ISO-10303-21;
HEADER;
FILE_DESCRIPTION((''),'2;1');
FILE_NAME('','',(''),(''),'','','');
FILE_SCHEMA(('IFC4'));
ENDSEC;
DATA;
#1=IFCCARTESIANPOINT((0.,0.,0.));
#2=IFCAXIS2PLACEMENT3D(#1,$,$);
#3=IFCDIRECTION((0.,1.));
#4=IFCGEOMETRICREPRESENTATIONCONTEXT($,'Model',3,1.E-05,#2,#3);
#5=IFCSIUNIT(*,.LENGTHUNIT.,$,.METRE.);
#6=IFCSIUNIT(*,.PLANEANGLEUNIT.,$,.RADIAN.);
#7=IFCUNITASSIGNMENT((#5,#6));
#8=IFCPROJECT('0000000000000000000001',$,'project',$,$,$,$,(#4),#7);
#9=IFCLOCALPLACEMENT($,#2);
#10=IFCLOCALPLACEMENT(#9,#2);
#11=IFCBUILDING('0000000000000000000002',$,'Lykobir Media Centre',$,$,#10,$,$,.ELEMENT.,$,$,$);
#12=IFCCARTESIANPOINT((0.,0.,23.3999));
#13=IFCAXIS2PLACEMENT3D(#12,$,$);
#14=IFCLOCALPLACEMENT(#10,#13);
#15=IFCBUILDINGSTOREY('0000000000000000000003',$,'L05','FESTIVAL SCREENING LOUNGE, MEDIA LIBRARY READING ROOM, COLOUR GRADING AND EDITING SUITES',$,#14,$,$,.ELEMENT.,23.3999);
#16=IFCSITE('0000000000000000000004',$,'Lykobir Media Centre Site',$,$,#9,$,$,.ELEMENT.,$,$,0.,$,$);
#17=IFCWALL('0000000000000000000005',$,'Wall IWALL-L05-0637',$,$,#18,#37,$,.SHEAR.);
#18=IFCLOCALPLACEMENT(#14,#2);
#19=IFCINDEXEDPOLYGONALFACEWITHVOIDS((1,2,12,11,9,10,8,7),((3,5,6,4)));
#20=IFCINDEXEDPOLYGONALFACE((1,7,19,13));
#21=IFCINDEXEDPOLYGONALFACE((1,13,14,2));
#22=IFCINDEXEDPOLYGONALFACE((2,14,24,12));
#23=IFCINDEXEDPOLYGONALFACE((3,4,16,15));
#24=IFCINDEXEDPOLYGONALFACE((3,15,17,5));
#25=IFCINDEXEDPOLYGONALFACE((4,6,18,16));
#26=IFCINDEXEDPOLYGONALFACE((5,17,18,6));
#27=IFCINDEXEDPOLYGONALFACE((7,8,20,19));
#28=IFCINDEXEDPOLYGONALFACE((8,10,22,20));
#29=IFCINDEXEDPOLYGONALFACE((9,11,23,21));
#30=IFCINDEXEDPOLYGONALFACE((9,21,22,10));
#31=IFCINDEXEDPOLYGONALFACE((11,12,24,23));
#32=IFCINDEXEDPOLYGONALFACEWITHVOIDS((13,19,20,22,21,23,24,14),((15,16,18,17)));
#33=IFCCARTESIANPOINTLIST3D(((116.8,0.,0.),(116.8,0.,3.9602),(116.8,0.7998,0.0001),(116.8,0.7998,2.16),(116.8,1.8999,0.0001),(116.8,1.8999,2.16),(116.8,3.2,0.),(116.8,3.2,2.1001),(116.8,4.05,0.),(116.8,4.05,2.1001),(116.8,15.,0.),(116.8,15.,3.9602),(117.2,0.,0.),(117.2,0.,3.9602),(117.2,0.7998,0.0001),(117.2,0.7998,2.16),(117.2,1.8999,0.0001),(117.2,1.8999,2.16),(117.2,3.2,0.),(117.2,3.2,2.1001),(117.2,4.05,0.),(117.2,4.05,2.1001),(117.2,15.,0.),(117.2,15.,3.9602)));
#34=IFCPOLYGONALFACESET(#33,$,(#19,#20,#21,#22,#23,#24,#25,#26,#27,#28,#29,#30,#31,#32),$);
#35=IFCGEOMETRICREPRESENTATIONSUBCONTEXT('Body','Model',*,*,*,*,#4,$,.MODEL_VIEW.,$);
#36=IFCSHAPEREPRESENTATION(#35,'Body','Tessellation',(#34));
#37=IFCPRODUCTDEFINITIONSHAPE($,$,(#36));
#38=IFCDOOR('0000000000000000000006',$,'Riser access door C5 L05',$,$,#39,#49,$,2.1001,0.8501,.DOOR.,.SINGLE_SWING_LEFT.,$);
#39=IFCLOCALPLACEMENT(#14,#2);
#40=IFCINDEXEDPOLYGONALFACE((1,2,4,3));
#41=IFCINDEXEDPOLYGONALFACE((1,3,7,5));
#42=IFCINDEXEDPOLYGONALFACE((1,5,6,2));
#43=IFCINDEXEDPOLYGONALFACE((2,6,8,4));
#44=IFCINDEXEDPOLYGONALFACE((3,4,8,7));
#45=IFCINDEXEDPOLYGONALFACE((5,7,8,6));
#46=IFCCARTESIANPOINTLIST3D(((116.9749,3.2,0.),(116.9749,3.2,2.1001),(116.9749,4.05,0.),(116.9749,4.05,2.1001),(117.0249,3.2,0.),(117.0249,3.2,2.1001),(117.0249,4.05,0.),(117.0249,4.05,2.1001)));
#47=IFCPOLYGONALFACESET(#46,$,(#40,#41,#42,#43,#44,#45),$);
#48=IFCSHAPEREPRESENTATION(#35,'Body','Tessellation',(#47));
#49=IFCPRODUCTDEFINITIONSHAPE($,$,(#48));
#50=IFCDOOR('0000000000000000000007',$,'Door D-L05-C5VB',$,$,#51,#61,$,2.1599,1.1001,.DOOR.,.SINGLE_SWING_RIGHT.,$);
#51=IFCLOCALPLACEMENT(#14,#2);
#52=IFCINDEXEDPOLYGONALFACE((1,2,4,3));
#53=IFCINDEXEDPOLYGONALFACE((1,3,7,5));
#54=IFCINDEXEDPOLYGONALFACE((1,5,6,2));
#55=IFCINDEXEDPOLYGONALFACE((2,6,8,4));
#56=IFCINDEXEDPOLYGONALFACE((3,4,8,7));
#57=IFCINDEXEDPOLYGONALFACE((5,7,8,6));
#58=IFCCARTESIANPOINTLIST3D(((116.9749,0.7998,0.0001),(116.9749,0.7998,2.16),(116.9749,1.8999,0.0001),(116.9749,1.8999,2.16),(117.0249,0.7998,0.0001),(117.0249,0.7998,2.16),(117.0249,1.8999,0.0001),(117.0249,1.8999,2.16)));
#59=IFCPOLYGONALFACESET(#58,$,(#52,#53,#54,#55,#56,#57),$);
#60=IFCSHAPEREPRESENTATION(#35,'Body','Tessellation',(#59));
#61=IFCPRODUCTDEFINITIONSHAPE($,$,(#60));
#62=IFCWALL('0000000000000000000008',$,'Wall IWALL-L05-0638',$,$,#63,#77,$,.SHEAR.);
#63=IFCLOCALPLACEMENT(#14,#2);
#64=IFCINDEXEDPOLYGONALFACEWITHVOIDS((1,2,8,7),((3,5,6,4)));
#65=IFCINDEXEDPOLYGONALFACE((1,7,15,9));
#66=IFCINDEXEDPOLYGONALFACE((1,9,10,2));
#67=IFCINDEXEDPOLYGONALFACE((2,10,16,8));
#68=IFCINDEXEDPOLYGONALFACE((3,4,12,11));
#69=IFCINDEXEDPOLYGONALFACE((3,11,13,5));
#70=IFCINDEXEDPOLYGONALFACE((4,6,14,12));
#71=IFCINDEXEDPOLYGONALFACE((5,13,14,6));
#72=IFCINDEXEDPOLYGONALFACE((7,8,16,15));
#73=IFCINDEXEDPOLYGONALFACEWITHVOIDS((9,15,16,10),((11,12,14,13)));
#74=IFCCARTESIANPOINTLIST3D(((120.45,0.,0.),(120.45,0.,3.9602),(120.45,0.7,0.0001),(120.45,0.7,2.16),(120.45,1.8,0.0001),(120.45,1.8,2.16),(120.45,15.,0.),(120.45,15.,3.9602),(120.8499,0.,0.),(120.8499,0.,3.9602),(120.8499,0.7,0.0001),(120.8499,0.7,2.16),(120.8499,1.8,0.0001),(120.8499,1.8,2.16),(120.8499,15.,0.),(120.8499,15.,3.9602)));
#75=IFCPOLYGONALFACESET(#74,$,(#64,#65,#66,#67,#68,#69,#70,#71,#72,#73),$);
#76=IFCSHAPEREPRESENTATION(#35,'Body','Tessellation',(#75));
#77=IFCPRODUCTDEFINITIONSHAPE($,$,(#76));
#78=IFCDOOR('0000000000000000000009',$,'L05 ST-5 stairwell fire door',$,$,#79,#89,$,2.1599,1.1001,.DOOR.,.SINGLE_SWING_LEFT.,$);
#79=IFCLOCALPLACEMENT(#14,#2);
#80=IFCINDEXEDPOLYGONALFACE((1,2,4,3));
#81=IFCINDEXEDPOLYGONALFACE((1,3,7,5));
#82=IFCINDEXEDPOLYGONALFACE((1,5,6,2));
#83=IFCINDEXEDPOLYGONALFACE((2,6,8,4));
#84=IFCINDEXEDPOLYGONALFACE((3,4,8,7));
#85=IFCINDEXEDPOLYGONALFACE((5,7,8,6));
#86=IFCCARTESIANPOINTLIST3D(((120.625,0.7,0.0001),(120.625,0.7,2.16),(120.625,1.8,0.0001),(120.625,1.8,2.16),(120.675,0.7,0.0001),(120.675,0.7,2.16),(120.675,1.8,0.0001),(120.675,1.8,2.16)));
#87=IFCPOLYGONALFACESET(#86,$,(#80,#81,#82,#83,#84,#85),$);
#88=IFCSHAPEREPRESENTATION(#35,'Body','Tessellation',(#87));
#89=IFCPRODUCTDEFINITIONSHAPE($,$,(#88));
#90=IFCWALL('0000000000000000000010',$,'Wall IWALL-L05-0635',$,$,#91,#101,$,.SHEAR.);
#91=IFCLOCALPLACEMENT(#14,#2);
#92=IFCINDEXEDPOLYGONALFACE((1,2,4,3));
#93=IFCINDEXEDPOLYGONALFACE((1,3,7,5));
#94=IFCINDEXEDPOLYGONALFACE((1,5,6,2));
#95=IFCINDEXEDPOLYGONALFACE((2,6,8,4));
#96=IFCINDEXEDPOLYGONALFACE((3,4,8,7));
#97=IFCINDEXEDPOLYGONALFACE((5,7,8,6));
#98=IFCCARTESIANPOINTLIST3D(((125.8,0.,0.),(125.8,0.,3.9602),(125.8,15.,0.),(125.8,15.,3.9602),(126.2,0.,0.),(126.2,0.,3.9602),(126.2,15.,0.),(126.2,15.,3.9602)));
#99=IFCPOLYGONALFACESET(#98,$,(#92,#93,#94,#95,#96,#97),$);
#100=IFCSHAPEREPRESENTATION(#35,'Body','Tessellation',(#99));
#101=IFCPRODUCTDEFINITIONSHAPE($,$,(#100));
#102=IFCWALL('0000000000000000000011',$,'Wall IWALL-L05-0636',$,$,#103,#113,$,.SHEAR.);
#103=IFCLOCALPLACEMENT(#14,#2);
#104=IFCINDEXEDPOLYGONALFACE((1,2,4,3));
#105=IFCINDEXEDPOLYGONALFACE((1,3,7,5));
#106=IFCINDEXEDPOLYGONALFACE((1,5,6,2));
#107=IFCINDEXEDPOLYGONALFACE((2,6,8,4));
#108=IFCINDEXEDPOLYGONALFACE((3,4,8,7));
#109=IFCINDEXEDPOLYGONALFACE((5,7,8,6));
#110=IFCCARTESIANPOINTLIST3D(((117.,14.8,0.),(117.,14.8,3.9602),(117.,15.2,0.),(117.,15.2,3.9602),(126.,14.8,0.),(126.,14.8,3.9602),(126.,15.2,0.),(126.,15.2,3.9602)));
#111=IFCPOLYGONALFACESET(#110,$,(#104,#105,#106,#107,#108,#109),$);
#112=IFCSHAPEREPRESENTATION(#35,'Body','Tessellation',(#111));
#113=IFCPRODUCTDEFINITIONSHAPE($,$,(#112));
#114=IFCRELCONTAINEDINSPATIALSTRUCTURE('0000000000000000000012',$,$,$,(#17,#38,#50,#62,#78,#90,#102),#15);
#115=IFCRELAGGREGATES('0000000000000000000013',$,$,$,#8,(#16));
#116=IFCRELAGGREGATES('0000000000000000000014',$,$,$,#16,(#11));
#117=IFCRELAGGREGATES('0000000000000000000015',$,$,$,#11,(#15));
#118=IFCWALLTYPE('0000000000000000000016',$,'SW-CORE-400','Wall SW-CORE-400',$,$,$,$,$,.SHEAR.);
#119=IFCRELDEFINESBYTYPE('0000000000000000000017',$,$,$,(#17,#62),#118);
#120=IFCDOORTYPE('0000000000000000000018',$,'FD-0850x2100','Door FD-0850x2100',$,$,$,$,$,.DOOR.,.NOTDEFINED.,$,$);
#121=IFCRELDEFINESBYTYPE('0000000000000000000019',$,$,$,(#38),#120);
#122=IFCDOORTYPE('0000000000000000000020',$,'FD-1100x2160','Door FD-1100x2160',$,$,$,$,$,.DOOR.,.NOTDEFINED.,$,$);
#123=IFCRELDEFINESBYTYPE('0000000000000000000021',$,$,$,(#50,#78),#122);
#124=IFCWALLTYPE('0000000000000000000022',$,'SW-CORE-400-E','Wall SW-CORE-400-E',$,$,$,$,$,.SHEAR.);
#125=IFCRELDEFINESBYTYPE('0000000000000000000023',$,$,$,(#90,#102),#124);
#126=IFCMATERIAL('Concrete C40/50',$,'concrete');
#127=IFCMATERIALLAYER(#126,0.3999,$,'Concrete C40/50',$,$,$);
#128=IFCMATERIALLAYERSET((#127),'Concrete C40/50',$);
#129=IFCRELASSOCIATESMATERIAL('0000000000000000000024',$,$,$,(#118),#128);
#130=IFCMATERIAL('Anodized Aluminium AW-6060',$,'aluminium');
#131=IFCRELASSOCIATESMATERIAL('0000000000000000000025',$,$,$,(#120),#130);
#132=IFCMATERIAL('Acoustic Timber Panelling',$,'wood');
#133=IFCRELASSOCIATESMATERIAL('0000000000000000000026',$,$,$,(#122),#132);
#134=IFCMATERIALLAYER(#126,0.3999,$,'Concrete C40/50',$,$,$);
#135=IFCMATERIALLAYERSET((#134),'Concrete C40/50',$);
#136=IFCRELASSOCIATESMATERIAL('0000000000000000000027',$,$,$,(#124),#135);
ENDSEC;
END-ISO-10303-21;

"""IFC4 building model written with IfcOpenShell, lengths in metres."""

from ifc_helpers import new_model, si_unit, direction, frame, frame_2d, origin, place, context, subcontext, project, spatial, rectangle, extrude, material, layer, layer_set, type_object, element, fill, save


model = new_model("IFC4")

# Units and contexts
model_context = context("Model", 3, precision=1e-05, world=origin(), true_north=direction((0.0, 1.0)))
body_context = subcontext(model_context, "Body", "Model", "MODEL_VIEW")
ifc_project = project(units=[si_unit("LENGTHUNIT", "METRE"), si_unit("PLANEANGLEUNIT", "RADIAN")], contexts=[model_context])

# Site, building, storey
site_placement = place(None, origin())
site = spatial("IfcSite", under=ifc_project, at=site_placement, Name="Lykobir Media Centre Site", CompositionType="ELEMENT", RefElevation=0.0)
building_placement = place(site_placement, origin())
building = spatial("IfcBuilding", under=site, at=building_placement, Name="Lykobir Media Centre", CompositionType="ELEMENT")
storey_placement = place(building_placement, frame((0.0, 0.0, 23.3999)))
storey = spatial("IfcBuildingStorey", under=building, at=storey_placement, Name="L05", Description="FESTIVAL SCREENING LOUNGE, MEDIA LIBRARY READING ROOM, COLOUR GRADING AND EDITING SUITES", CompositionType="ELEMENT", Elevation=23.3999)

# Shared definitions
ifc_material_1 = material(Name="Concrete C40/50", Category="concrete")

# Wall, openings, doors
ifc_layer_1 = layer(ifc_material_1, 0.3999, Name="Concrete C40/50")
ifc_layer_set_1 = layer_set([ifc_layer_1], Name="Concrete C40/50")
wall_type_1 = type_object("IfcWallType", Name="SW-CORE-400", Description="Wall SW-CORE-400", PredefinedType="SHEAR", material=ifc_layer_set_1)
wall_1_placement = place(storey_placement, frame((117.0, 15.0, 0.0), z_axis=(0.0, 0.0, 1.0), x_axis=(0.0, -1.0, 0.0)))
wall_1 = element("IfcWall", 1, at=wall_1_placement, inside=storey, type_object=wall_type_1, Name="Wall IWALL-L05-0637", PredefinedType="SHEAR", context=body_context, shape_type="SweptSolid", body=[
    extrude(rectangle(XDim=15.0, YDim=0.3999, at=frame_2d((7.5, 0.0))), origin(), (0.0, 0.0, 1.0), 3.9602),
])
opening_1_placement = place(wall_1_placement, frame((13.1001, 0.0, 0.0)))
opening_1 = element("IfcOpeningElement", 2, at=opening_1_placement, cuts=wall_1, PredefinedType="OPENING", context=body_context, shape_type="SweptSolid", body=[
    extrude(rectangle(XDim=1.1001, YDim=2.1599, at=frame_2d((0.55, 1.0801))), frame((0.0, 0.21, 0.0), z_axis=(0.0, -1.0, 0.0), x_axis=(1.0, 0.0, 0.0)), (0.0, 0.0, 1.0), 0.4199),
])
opening_2_placement = place(wall_1_placement, frame((10.95, 0.0, 0.0)))
opening_2 = element("IfcOpeningElement", 3, at=opening_2_placement, cuts=wall_1, PredefinedType="OPENING", context=body_context, shape_type="SweptSolid", body=[
    extrude(rectangle(XDim=0.8501, YDim=2.1001, at=frame_2d((0.425, 1.05))), frame((0.0, 0.21, 0.0), z_axis=(0.0, -1.0, 0.0), x_axis=(1.0, 0.0, 0.0)), (0.0, 0.0, 1.0), 0.4199),
])
ifc_material_2 = material(Name="Anodized Aluminium AW-6060", Category="aluminium")
door_type_1 = type_object("IfcDoorType", Name="FD-0850x2100", Description="Door FD-0850x2100", OperationType="NOTDEFINED", PredefinedType="DOOR", material=ifc_material_2)
door_1_placement = place(opening_2_placement, origin())
door_1 = element("IfcDoor", 4, at=door_1_placement, inside=storey, type_object=door_type_1, Name="Riser access door C5 L05", OperationType="SINGLE_SWING_LEFT", OverallHeight=2.1001, OverallWidth=0.8501, PredefinedType="DOOR", context=body_context, shape_type="SweptSolid", body=[
    extrude(rectangle(XDim=0.8501, YDim=2.1001, at=frame_2d((0.425, 1.05))), frame((0.0, 0.0249, 0.0), z_axis=(0.0, -1.0, 0.0), x_axis=(1.0, 0.0, 0.0)), (0.0, 0.0, 1.0), 0.05),
])
fill(opening_2, door_1)
ifc_material_3 = material(Name="Acoustic Timber Panelling", Category="wood")
door_type_2 = type_object("IfcDoorType", Name="FD-1100x2160", Description="Door FD-1100x2160", OperationType="NOTDEFINED", PredefinedType="DOOR", material=ifc_material_3)
door_2_placement = place(opening_1_placement, origin())
door_2 = element("IfcDoor", 5, at=door_2_placement, inside=storey, type_object=door_type_2, Name="Door D-L05-C5VB", OperationType="SINGLE_SWING_RIGHT", OverallHeight=2.1599, OverallWidth=1.1001, PredefinedType="DOOR", context=body_context, shape_type="SweptSolid", body=[
    extrude(rectangle(XDim=1.1001, YDim=2.1599, at=frame_2d((0.55, 1.0801))), frame((0.0, 0.0249, 0.0), z_axis=(0.0, -1.0, 0.0), x_axis=(1.0, 0.0, 0.0)), (0.0, 0.0, 1.0), 0.05),
])
fill(opening_1, door_2)

# Wall, opening, door
wall_2_placement = place(storey_placement, frame((120.6499, 0.0, 0.0), z_axis=(0.0, 0.0, 1.0), x_axis=(0.0, 1.0, 0.0)))
wall_2 = element("IfcWall", 6, at=wall_2_placement, inside=storey, type_object=wall_type_1, Name="Wall IWALL-L05-0638", PredefinedType="SHEAR", context=body_context, shape_type="SweptSolid", body=[
    extrude(rectangle(XDim=15.0, YDim=0.3999, at=frame_2d((7.5, 0.0))), origin(), (0.0, 0.0, 1.0), 3.9602),
])
opening_3_placement = place(wall_2_placement, frame((0.7, 0.0, 0.0)))
opening_3 = element("IfcOpeningElement", 7, at=opening_3_placement, cuts=wall_2, PredefinedType="OPENING", context=body_context, shape_type="SweptSolid", body=[
    extrude(rectangle(XDim=1.1001, YDim=2.1599, at=frame_2d((0.55, 1.0801))), frame((0.0, 0.21, 0.0), z_axis=(0.0, -1.0, 0.0), x_axis=(1.0, 0.0, 0.0)), (0.0, 0.0, 1.0), 0.4199),
])
door_3_placement = place(opening_3_placement, origin())
door_3 = element("IfcDoor", 8, at=door_3_placement, inside=storey, type_object=door_type_2, Name="L05 ST-5 stairwell fire door", OperationType="SINGLE_SWING_LEFT", OverallHeight=2.1599, OverallWidth=1.1001, PredefinedType="DOOR", context=body_context, shape_type="SweptSolid", body=[
    extrude(rectangle(XDim=1.1001, YDim=2.1599, at=frame_2d((0.55, 1.0801))), frame((0.0, 0.0249, 0.0), z_axis=(0.0, -1.0, 0.0), x_axis=(1.0, 0.0, 0.0)), (0.0, 0.0, 1.0), 0.05),
])
fill(opening_3, door_3)

# Walls
ifc_layer_2 = layer(ifc_material_1, 0.3999, Name="Concrete C40/50")
ifc_layer_set_2 = layer_set([ifc_layer_2], Name="Concrete C40/50")
wall_type_2 = type_object("IfcWallType", Name="SW-CORE-400-E", Description="Wall SW-CORE-400-E", PredefinedType="SHEAR", material=ifc_layer_set_2)
wall_3_placement = place(storey_placement, frame((126.0, 0.0, 0.0), z_axis=(0.0, 0.0, 1.0), x_axis=(0.0, 1.0, 0.0)))
element("IfcWall", 9, at=wall_3_placement, inside=storey, type_object=wall_type_2, Name="Wall IWALL-L05-0635", PredefinedType="SHEAR", context=body_context, shape_type="SweptSolid", body=[
    extrude(rectangle(XDim=15.0, YDim=0.3999, at=frame_2d((7.5, 0.0))), origin(), (0.0, 0.0, 1.0), 3.9602),
])
wall_4_placement = place(storey_placement, frame((126.0, 15.0, 0.0), z_axis=(0.0, 0.0, 1.0), x_axis=(-1.0, 0.0, 0.0)))
element("IfcWall", 10, at=wall_4_placement, inside=storey, type_object=wall_type_2, Name="Wall IWALL-L05-0636", PredefinedType="SHEAR", context=body_context, shape_type="SweptSolid", body=[
    extrude(rectangle(XDim=9.0, YDim=0.3999, at=frame_2d((4.5, 0.0))), origin(), (0.0, 0.0, 1.0), 3.9602),
])

save(model, "model.ifc")
